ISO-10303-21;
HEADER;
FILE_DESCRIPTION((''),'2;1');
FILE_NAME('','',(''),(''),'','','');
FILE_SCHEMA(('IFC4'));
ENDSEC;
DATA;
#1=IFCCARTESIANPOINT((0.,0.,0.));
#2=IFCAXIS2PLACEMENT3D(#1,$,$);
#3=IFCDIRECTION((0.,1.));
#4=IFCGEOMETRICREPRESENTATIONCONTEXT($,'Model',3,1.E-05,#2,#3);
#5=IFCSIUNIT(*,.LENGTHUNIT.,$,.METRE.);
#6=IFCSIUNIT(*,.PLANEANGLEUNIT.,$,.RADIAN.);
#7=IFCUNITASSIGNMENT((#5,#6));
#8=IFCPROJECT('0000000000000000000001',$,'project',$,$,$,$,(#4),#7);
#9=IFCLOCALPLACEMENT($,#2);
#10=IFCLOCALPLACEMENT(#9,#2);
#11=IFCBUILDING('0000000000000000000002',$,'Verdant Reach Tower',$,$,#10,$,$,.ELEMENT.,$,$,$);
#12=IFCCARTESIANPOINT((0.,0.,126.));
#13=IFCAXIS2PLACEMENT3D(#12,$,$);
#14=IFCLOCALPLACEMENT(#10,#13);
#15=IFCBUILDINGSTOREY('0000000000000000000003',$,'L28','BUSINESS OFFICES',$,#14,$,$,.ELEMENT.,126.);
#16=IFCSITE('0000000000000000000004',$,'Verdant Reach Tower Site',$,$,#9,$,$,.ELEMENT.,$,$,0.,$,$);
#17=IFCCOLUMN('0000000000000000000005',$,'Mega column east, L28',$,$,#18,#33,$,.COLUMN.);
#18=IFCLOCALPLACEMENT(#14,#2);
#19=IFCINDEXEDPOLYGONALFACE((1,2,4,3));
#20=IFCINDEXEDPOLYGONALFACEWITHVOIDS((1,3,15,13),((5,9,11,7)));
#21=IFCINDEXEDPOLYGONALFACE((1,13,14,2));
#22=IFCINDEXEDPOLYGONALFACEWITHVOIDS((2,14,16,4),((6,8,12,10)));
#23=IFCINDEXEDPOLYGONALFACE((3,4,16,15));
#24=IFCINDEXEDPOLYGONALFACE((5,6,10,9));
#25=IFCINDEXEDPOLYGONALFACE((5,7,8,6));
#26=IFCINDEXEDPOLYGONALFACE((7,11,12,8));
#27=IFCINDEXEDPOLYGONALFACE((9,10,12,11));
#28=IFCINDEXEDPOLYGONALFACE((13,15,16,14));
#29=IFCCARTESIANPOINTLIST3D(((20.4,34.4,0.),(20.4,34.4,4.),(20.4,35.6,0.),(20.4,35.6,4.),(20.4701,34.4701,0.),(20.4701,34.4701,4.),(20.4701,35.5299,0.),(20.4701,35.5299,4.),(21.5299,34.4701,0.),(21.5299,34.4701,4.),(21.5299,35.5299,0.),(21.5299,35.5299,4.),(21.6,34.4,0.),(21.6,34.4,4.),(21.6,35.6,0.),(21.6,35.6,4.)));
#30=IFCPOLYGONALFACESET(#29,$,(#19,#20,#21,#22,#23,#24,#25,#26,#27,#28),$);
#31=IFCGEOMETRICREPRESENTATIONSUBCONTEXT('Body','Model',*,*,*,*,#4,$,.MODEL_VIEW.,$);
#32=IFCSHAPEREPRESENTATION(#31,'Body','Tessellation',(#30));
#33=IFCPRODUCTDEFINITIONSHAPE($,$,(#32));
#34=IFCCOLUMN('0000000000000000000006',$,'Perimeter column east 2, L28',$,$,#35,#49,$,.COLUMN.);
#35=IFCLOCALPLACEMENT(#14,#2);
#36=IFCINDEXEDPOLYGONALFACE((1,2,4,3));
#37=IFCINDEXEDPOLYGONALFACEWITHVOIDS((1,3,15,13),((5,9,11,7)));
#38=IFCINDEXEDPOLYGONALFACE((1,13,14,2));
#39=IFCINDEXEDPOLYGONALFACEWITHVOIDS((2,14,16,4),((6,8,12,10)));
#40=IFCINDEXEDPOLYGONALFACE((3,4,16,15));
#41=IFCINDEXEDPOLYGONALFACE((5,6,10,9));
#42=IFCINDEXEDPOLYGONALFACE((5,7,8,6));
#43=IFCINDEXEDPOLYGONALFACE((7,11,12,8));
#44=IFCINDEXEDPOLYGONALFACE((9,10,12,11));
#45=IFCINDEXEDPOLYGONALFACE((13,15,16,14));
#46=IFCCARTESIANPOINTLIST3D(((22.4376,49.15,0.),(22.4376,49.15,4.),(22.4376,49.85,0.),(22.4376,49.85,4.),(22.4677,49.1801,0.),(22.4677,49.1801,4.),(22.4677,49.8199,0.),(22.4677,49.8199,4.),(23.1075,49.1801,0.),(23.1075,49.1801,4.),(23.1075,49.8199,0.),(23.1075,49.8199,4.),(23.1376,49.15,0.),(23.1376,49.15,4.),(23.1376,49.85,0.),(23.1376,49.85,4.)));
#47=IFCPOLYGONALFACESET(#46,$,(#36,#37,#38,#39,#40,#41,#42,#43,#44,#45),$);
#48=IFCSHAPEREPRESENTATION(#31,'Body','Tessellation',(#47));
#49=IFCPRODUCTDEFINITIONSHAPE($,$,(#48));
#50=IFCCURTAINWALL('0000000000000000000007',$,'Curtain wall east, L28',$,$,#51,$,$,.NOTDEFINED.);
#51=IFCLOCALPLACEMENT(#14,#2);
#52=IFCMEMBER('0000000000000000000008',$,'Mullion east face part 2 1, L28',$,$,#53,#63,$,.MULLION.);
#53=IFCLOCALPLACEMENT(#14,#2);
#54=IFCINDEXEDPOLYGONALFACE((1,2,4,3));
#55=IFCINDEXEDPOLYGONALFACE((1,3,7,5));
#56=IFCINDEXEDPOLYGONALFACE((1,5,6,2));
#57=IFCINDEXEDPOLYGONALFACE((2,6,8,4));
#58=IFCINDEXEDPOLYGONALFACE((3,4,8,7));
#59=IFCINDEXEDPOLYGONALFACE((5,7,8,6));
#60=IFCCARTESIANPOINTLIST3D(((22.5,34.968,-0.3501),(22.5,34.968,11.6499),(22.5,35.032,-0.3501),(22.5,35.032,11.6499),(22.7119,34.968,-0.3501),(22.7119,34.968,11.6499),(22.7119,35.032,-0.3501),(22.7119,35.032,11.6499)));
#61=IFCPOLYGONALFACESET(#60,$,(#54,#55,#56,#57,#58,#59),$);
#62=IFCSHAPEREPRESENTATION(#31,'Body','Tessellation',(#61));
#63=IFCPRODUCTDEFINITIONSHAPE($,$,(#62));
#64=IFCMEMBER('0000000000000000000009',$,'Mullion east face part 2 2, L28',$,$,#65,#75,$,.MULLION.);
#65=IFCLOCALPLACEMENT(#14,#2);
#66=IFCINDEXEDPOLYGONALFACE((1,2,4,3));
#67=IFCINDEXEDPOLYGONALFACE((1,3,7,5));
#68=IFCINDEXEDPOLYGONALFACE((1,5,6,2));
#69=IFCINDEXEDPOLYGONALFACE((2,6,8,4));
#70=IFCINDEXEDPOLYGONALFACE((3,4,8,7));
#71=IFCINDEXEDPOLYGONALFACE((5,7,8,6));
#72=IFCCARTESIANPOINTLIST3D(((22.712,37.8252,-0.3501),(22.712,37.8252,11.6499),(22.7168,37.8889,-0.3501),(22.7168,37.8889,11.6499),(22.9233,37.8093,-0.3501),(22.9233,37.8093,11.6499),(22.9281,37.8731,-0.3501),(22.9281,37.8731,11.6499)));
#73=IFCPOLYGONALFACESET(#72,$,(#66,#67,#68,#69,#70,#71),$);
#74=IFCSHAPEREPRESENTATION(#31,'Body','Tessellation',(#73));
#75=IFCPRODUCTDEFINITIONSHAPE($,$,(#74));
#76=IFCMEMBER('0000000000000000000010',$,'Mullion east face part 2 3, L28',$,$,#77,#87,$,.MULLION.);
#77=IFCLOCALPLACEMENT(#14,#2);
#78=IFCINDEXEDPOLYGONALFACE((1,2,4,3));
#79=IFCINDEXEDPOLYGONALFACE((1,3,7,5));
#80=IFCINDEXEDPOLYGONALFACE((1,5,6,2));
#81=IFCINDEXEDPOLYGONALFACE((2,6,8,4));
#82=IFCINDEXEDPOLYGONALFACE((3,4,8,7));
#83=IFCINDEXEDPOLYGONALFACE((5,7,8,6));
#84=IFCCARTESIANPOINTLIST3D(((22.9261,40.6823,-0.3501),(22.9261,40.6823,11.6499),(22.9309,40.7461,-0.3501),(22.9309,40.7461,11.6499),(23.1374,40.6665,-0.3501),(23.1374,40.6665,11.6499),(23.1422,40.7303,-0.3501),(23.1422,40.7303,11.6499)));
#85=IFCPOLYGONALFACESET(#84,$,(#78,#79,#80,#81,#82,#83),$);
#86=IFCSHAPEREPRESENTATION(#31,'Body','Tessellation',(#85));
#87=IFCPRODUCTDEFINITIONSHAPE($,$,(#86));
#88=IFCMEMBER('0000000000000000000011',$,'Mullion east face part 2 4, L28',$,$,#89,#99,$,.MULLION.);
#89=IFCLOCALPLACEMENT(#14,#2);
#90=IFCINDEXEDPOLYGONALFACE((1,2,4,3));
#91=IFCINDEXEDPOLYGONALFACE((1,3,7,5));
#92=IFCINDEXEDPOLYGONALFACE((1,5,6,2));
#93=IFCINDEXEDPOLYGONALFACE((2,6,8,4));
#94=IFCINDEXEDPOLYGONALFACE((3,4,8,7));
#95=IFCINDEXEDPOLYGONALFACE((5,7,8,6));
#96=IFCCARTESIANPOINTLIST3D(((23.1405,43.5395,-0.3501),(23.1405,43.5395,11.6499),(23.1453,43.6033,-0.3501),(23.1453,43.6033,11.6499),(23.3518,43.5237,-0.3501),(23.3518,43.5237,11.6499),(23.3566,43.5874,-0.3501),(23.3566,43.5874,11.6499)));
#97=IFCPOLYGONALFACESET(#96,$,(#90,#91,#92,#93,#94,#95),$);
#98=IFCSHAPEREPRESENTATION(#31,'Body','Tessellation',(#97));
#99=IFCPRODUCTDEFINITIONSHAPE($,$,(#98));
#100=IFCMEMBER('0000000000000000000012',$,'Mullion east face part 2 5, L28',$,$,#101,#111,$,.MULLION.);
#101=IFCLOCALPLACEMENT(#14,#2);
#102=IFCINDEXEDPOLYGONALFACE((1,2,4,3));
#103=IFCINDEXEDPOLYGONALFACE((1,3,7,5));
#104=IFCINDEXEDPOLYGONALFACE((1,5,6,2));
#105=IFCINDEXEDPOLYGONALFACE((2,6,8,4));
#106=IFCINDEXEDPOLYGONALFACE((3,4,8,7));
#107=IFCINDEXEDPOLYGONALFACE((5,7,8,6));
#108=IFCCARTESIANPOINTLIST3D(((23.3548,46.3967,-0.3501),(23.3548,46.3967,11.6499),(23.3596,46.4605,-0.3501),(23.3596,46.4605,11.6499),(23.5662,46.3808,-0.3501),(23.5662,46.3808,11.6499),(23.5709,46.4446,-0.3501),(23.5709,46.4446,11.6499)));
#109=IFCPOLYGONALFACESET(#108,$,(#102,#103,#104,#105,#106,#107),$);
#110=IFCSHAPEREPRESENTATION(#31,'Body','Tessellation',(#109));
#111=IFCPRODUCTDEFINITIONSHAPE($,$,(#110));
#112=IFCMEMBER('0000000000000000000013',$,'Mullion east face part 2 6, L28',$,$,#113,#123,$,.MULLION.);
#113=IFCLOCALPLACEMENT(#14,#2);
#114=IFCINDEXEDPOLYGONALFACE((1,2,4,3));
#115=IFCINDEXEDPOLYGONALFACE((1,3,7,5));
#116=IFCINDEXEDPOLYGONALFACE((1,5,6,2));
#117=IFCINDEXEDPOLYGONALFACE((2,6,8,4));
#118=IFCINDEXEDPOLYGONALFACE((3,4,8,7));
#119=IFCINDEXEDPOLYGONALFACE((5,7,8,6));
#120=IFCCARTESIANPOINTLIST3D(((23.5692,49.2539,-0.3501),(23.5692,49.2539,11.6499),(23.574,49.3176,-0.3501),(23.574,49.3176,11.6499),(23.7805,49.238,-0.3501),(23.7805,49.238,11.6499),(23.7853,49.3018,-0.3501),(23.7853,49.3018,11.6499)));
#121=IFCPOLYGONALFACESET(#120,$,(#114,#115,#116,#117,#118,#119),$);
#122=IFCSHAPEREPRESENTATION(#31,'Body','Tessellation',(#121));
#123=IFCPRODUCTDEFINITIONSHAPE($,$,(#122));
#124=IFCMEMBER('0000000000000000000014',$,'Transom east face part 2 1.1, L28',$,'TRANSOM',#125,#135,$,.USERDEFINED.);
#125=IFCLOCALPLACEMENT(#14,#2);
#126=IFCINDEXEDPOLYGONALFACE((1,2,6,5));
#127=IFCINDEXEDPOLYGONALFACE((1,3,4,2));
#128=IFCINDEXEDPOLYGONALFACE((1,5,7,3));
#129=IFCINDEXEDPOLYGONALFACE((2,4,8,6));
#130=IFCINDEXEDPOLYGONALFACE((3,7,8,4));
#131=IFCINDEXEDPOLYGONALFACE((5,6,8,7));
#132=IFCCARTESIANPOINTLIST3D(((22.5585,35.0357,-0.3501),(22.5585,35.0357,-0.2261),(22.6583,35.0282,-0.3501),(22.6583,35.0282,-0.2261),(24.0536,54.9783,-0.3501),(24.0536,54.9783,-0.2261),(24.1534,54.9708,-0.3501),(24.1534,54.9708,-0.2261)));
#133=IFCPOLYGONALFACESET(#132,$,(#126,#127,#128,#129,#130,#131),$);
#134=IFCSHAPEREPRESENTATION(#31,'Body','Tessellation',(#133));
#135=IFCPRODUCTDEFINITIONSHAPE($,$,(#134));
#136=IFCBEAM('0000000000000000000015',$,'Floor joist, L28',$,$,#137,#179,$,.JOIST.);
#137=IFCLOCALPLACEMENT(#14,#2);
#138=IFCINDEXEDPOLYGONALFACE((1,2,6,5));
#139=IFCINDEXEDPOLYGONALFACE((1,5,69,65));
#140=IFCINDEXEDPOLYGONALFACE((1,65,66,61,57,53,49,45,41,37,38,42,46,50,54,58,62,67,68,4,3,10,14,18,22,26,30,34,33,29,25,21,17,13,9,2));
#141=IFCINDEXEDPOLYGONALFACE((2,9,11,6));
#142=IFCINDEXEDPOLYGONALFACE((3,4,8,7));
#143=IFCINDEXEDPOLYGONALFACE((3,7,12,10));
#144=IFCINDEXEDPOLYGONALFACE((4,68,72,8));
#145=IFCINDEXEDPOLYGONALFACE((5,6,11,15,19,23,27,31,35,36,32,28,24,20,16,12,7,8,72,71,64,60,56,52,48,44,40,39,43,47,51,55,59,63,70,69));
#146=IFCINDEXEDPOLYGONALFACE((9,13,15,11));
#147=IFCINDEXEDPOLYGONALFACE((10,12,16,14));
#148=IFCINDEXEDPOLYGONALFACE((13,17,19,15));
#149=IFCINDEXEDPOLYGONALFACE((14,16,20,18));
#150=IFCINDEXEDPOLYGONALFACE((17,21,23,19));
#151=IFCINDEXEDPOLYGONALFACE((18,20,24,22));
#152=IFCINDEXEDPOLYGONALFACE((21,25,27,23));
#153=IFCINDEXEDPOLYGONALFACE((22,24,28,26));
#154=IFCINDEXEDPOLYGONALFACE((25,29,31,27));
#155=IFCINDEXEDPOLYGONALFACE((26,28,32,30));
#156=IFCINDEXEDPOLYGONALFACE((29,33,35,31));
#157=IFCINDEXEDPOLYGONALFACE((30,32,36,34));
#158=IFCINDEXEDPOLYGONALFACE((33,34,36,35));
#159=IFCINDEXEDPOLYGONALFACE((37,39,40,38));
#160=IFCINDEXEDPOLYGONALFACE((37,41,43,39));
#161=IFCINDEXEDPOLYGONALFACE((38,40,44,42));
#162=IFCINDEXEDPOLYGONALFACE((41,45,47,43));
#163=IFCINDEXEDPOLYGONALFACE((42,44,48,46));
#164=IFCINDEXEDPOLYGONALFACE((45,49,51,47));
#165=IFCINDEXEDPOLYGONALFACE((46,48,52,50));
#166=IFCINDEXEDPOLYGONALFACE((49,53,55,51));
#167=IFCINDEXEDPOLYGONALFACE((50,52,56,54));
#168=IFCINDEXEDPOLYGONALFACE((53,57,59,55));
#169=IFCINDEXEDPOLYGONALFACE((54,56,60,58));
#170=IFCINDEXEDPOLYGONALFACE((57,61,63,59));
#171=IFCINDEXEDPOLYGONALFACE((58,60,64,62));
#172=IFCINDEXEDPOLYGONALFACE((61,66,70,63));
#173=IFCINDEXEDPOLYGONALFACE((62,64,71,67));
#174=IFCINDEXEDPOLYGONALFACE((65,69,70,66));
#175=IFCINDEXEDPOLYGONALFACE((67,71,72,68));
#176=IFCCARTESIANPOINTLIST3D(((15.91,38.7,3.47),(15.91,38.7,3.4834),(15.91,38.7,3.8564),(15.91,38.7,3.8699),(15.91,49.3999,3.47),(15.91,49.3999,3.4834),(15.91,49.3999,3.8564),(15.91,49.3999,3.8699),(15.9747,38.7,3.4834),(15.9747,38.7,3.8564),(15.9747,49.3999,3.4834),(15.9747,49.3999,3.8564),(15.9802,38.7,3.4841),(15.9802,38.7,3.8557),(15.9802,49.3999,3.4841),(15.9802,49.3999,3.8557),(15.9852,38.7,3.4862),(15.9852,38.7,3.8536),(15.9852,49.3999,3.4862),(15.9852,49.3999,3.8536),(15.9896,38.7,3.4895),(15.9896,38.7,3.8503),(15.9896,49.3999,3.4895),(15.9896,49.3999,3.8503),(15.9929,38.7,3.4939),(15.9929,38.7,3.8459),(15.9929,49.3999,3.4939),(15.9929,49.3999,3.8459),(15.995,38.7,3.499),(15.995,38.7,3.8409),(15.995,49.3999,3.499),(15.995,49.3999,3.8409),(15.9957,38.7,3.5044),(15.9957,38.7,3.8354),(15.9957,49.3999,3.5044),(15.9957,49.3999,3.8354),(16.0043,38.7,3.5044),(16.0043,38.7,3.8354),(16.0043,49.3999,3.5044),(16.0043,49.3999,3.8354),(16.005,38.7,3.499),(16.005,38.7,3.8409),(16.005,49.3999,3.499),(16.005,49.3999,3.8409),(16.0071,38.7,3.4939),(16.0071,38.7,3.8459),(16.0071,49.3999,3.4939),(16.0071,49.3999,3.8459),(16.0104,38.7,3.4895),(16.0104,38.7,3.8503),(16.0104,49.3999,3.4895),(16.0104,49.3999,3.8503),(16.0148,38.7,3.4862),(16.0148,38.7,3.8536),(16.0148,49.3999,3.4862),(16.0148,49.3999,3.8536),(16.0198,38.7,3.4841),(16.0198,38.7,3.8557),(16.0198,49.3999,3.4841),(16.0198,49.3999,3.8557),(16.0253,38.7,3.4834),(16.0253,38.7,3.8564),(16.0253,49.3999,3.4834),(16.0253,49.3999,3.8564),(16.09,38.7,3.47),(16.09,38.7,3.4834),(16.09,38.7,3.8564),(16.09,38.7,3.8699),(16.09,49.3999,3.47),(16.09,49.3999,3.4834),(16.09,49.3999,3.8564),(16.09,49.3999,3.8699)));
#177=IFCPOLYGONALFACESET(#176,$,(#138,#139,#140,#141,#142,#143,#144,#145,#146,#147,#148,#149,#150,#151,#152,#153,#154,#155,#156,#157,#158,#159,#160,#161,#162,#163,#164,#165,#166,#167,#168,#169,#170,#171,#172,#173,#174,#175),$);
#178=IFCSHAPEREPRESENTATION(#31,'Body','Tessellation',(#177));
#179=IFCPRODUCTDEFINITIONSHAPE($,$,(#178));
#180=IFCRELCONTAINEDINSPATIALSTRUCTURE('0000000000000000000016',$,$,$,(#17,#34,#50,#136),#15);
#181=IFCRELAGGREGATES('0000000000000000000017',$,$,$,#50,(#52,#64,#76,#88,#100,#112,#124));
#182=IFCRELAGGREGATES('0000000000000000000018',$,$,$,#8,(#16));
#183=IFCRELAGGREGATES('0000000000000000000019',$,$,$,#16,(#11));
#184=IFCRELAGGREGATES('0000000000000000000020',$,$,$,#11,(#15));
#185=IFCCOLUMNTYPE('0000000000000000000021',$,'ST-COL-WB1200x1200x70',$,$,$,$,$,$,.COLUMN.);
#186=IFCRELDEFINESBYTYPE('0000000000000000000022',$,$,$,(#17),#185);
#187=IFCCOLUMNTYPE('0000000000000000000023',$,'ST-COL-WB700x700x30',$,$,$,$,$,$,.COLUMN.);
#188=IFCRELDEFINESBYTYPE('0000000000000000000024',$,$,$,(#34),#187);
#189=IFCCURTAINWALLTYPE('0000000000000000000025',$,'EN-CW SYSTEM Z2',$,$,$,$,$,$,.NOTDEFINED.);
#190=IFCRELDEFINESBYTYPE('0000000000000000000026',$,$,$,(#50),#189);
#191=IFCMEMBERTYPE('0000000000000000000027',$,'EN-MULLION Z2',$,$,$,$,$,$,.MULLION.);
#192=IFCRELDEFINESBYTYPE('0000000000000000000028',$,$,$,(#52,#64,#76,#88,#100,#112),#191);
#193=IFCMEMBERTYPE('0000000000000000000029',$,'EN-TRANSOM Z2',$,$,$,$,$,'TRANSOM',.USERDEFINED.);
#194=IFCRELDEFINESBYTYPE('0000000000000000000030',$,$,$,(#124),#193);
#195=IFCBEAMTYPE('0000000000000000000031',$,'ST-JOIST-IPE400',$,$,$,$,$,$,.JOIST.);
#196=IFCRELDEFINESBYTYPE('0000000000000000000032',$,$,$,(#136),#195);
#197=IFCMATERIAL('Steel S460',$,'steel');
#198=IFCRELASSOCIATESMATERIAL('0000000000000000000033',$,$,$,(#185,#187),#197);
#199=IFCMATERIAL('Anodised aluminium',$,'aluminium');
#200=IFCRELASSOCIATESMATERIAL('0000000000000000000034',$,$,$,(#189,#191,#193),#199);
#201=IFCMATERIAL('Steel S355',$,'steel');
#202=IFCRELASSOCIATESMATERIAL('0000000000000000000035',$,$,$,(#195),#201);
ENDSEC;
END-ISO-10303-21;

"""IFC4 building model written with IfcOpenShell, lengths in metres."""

from ifc_helpers import new_model, si_unit, direction, frame, origin, origin_2d, place, context, subcontext, project, spatial, rectangle, hollow_rectangle, i_section, extrude, material, material_profile, profile_set, type_object, element, aggregate, save


model = new_model("IFC4")

# Units and contexts
model_context = context("Model", 3, precision=1e-05, world=origin(), true_north=direction((0.0, 1.0)))
body_context = subcontext(model_context, "Body", "Model", "MODEL_VIEW")
ifc_project = project(units=[si_unit("LENGTHUNIT", "METRE"), si_unit("PLANEANGLEUNIT", "RADIAN")], contexts=[model_context])

# Site, building, storey
site_placement = place(None, origin())
site = spatial("IfcSite", under=ifc_project, at=site_placement, Name="Verdant Reach Tower Site", CompositionType="ELEMENT", RefElevation=0.0)
building_placement = place(site_placement, origin())
building = spatial("IfcBuilding", under=site, at=building_placement, Name="Verdant Reach Tower", CompositionType="ELEMENT")
storey_placement = place(building_placement, frame((0.0, 0.0, 126.0)))
storey = spatial("IfcBuildingStorey", under=building, at=storey_placement, Name="L28", Description="BUSINESS OFFICES", CompositionType="ELEMENT", Elevation=126.0)

# Columns
ifc_material_1 = material(Name="Steel S460", Category="steel")
ifc_material_profile_1 = material_profile(ifc_material_1, hollow_rectangle(XDim=1.2, YDim=1.2, WallThickness=0.0701, at=origin_2d()), Name="WB 1200x1200x70")
ifc_profile_set_1 = profile_set([ifc_material_profile_1], Name="Steel S460")
column_type_1 = type_object("IfcColumnType", Name="ST-COL-WB1200x1200x70", PredefinedType="COLUMN", material=ifc_profile_set_1)
column_1_placement = place(storey_placement, frame((21.0, 35.0, 0.0), z_axis=(0.0, 0.0, 1.0), x_axis=(1.0, 0.0, 0.0)))
element("IfcColumn", 1, at=column_1_placement, inside=storey, type_object=column_type_1, Name="Mega column east, L28", PredefinedType="COLUMN", context=body_context, shape_type="SweptSolid", body=[
    extrude(hollow_rectangle(XDim=1.2, YDim=1.2, WallThickness=0.0701, at=origin_2d()), origin(), (0.0, 0.0, 1.0), 4.0),
])
ifc_material_profile_2 = material_profile(ifc_material_1, hollow_rectangle(XDim=0.7, YDim=0.7, WallThickness=0.03, at=origin_2d()), Name="WB 700x700x30")
ifc_profile_set_2 = profile_set([ifc_material_profile_2], Name="Steel S460")
column_type_2 = type_object("IfcColumnType", Name="ST-COL-WB700x700x30", PredefinedType="COLUMN", material=ifc_profile_set_2)
column_2_placement = place(storey_placement, frame((22.7876, 49.5, 0.0), z_axis=(0.0, 0.0, 1.0), x_axis=(1.0, 0.0, 0.0)))
element("IfcColumn", 2, at=column_2_placement, inside=storey, type_object=column_type_2, Name="Perimeter column east 2, L28", PredefinedType="COLUMN", context=body_context, shape_type="SweptSolid", body=[
    extrude(hollow_rectangle(XDim=0.7, YDim=0.7, WallThickness=0.03, at=origin_2d()), origin(), (0.0, 0.0, 1.0), 4.0),
])

# Curtain wall, members
ifc_material_2 = material(Name="Anodised aluminium", Category="aluminium")
curtain_wall_type = type_object("IfcCurtainWallType", Name="EN-CW SYSTEM Z2", PredefinedType="NOTDEFINED", material=ifc_material_2)
curtain_wall_placement = place(storey_placement, origin())
curtain_wall = element("IfcCurtainWall", 3, at=curtain_wall_placement, inside=storey, type_object=curtain_wall_type, Name="Curtain wall east, L28", PredefinedType="NOTDEFINED")
ifc_material_profile_3 = material_profile(ifc_material_2, rectangle(XDim=0.2119, YDim=0.064, at=origin_2d()), Name="Mullion 64x212")
ifc_profile_set_3 = profile_set([ifc_material_profile_3], Name="Anodised aluminium")
member_type_1 = type_object("IfcMemberType", Name="EN-MULLION Z2", PredefinedType="MULLION", material=ifc_profile_set_3)
member_1_placement = place(storey_placement, frame((22.606, 35.0, -0.3501), z_axis=(0.0, 0.0, 1.0), x_axis=(1.0, 0.0, 0.0)))
member_1 = element("IfcMember", 4, at=member_1_placement, type_object=member_type_1, Name="Mullion east face part 2 1, L28", PredefinedType="MULLION", context=body_context, shape_type="SweptSolid", body=[
    extrude(rectangle(XDim=0.2119, YDim=0.064, at=origin_2d()), origin(), (0.0, 0.0, 1.0), 12.0),
])
member_2_placement = place(storey_placement, frame((22.8201, 37.8491, -0.3501), z_axis=(0.0, 0.0, 1.0), x_axis=(0.997199, -0.07479, 0.0)))
member_2 = element("IfcMember", 5, at=member_2_placement, type_object=member_type_1, Name="Mullion east face part 2 2, L28", PredefinedType="MULLION", context=body_context, shape_type="SweptSolid", body=[
    extrude(rectangle(XDim=0.2119, YDim=0.064, at=origin_2d()), origin(), (0.0, 0.0, 1.0), 12.0),
])
member_3_placement = place(storey_placement, frame((23.0342, 40.7063, -0.3501), z_axis=(0.0, 0.0, 1.0), x_axis=(0.997199, -0.07479, 0.0)))
member_3 = element("IfcMember", 6, at=member_3_placement, type_object=member_type_1, Name="Mullion east face part 2 3, L28", PredefinedType="MULLION", context=body_context, shape_type="SweptSolid", body=[
    extrude(rectangle(XDim=0.2119, YDim=0.064, at=origin_2d()), origin(), (0.0, 0.0, 1.0), 12.0),
])
member_4_placement = place(storey_placement, frame((23.2485, 43.5635, -0.3501), z_axis=(0.0, 0.0, 1.0), x_axis=(0.997199, -0.07479, 0.0)))
member_4 = element("IfcMember", 7, at=member_4_placement, type_object=member_type_1, Name="Mullion east face part 2 4, L28", PredefinedType="MULLION", context=body_context, shape_type="SweptSolid", body=[
    extrude(rectangle(XDim=0.2119, YDim=0.064, at=origin_2d()), origin(), (0.0, 0.0, 1.0), 12.0),
])
member_5_placement = place(storey_placement, frame((23.4629, 46.4207, -0.3501), z_axis=(0.0, 0.0, 1.0), x_axis=(0.997199, -0.07479, 0.0)))
member_5 = element("IfcMember", 8, at=member_5_placement, type_object=member_type_1, Name="Mullion east face part 2 5, L28", PredefinedType="MULLION", context=body_context, shape_type="SweptSolid", body=[
    extrude(rectangle(XDim=0.2119, YDim=0.064, at=origin_2d()), origin(), (0.0, 0.0, 1.0), 12.0),
])
member_6_placement = place(storey_placement, frame((23.6772, 49.2778, -0.3501), z_axis=(0.0, 0.0, 1.0), x_axis=(0.997199, -0.07479, 0.0)))
member_6 = element("IfcMember", 9, at=member_6_placement, type_object=member_type_1, Name="Mullion east face part 2 6, L28", PredefinedType="MULLION", context=body_context, shape_type="SweptSolid", body=[
    extrude(rectangle(XDim=0.2119, YDim=0.064, at=origin_2d()), origin(), (0.0, 0.0, 1.0), 12.0),
])
ifc_material_profile_4 = material_profile(ifc_material_2, rectangle(XDim=0.1001, YDim=0.124, at=origin_2d()), Name="Transom 124x100")
ifc_profile_set_4 = profile_set([ifc_material_profile_4], Name="Anodised aluminium")
member_type_2 = type_object("IfcMemberType", Name="EN-TRANSOM Z2", ElementType="TRANSOM", PredefinedType="USERDEFINED", material=ifc_profile_set_4)
member_7_placement = place(storey_placement, frame((22.6084, 35.032, -0.2881), z_axis=(0.074761, 0.997201, 0.0), x_axis=(-0.997201, 0.074761, 0.0)))
member_7 = element("IfcMember", 10, at=member_7_placement, type_object=member_type_2, Name="Transom east face part 2 1.1, L28", ObjectType="TRANSOM", PredefinedType="USERDEFINED", context=body_context, shape_type="SweptSolid", body=[
    extrude(rectangle(XDim=0.1001, YDim=0.124, at=origin_2d()), origin(), (0.0, 0.0, 1.0), 19.9985),
])

# Beam
ifc_material_3 = material(Name="Steel S355", Category="steel")
ifc_material_profile_5 = material_profile(ifc_material_3, i_section(OverallWidth=0.1799, OverallDepth=0.3999, WebThickness=0.0085, FlangeThickness=0.0134, FilletRadius=0.021, at=origin_2d()), Name="IPE 400")
ifc_profile_set_5 = profile_set([ifc_material_profile_5], Name="Steel S355")
beam_type_1 = type_object("IfcBeamType", Name="ST-JOIST-IPE400", PredefinedType="JOIST", material=ifc_profile_set_5)
for number, where, z_axis, x_axis, name in (
    (11, (16.0, 38.7, 3.6699), (0.0, 1.0, 0.0), (-1.0, 0.0, 0.0), "Floor joist, L28"),
):
    element("IfcBeam", number, at=place(storey_placement, frame(where, z_axis=z_axis, x_axis=x_axis)), inside=storey, type_object=beam_type_1, Name=name, PredefinedType="JOIST", context=body_context, shape_type="SweptSolid", body=[
        extrude(i_section(OverallWidth=0.1799, OverallDepth=0.3999, WebThickness=0.0085, FlangeThickness=0.0134, FilletRadius=0.021, at=origin_2d()), origin(), (0.0, 0.0, 1.0), 10.7),
    ])

aggregate(curtain_wall, [member_1, member_2, member_3, member_4, member_5, member_6, member_7])

save(model, "model.ifc")
